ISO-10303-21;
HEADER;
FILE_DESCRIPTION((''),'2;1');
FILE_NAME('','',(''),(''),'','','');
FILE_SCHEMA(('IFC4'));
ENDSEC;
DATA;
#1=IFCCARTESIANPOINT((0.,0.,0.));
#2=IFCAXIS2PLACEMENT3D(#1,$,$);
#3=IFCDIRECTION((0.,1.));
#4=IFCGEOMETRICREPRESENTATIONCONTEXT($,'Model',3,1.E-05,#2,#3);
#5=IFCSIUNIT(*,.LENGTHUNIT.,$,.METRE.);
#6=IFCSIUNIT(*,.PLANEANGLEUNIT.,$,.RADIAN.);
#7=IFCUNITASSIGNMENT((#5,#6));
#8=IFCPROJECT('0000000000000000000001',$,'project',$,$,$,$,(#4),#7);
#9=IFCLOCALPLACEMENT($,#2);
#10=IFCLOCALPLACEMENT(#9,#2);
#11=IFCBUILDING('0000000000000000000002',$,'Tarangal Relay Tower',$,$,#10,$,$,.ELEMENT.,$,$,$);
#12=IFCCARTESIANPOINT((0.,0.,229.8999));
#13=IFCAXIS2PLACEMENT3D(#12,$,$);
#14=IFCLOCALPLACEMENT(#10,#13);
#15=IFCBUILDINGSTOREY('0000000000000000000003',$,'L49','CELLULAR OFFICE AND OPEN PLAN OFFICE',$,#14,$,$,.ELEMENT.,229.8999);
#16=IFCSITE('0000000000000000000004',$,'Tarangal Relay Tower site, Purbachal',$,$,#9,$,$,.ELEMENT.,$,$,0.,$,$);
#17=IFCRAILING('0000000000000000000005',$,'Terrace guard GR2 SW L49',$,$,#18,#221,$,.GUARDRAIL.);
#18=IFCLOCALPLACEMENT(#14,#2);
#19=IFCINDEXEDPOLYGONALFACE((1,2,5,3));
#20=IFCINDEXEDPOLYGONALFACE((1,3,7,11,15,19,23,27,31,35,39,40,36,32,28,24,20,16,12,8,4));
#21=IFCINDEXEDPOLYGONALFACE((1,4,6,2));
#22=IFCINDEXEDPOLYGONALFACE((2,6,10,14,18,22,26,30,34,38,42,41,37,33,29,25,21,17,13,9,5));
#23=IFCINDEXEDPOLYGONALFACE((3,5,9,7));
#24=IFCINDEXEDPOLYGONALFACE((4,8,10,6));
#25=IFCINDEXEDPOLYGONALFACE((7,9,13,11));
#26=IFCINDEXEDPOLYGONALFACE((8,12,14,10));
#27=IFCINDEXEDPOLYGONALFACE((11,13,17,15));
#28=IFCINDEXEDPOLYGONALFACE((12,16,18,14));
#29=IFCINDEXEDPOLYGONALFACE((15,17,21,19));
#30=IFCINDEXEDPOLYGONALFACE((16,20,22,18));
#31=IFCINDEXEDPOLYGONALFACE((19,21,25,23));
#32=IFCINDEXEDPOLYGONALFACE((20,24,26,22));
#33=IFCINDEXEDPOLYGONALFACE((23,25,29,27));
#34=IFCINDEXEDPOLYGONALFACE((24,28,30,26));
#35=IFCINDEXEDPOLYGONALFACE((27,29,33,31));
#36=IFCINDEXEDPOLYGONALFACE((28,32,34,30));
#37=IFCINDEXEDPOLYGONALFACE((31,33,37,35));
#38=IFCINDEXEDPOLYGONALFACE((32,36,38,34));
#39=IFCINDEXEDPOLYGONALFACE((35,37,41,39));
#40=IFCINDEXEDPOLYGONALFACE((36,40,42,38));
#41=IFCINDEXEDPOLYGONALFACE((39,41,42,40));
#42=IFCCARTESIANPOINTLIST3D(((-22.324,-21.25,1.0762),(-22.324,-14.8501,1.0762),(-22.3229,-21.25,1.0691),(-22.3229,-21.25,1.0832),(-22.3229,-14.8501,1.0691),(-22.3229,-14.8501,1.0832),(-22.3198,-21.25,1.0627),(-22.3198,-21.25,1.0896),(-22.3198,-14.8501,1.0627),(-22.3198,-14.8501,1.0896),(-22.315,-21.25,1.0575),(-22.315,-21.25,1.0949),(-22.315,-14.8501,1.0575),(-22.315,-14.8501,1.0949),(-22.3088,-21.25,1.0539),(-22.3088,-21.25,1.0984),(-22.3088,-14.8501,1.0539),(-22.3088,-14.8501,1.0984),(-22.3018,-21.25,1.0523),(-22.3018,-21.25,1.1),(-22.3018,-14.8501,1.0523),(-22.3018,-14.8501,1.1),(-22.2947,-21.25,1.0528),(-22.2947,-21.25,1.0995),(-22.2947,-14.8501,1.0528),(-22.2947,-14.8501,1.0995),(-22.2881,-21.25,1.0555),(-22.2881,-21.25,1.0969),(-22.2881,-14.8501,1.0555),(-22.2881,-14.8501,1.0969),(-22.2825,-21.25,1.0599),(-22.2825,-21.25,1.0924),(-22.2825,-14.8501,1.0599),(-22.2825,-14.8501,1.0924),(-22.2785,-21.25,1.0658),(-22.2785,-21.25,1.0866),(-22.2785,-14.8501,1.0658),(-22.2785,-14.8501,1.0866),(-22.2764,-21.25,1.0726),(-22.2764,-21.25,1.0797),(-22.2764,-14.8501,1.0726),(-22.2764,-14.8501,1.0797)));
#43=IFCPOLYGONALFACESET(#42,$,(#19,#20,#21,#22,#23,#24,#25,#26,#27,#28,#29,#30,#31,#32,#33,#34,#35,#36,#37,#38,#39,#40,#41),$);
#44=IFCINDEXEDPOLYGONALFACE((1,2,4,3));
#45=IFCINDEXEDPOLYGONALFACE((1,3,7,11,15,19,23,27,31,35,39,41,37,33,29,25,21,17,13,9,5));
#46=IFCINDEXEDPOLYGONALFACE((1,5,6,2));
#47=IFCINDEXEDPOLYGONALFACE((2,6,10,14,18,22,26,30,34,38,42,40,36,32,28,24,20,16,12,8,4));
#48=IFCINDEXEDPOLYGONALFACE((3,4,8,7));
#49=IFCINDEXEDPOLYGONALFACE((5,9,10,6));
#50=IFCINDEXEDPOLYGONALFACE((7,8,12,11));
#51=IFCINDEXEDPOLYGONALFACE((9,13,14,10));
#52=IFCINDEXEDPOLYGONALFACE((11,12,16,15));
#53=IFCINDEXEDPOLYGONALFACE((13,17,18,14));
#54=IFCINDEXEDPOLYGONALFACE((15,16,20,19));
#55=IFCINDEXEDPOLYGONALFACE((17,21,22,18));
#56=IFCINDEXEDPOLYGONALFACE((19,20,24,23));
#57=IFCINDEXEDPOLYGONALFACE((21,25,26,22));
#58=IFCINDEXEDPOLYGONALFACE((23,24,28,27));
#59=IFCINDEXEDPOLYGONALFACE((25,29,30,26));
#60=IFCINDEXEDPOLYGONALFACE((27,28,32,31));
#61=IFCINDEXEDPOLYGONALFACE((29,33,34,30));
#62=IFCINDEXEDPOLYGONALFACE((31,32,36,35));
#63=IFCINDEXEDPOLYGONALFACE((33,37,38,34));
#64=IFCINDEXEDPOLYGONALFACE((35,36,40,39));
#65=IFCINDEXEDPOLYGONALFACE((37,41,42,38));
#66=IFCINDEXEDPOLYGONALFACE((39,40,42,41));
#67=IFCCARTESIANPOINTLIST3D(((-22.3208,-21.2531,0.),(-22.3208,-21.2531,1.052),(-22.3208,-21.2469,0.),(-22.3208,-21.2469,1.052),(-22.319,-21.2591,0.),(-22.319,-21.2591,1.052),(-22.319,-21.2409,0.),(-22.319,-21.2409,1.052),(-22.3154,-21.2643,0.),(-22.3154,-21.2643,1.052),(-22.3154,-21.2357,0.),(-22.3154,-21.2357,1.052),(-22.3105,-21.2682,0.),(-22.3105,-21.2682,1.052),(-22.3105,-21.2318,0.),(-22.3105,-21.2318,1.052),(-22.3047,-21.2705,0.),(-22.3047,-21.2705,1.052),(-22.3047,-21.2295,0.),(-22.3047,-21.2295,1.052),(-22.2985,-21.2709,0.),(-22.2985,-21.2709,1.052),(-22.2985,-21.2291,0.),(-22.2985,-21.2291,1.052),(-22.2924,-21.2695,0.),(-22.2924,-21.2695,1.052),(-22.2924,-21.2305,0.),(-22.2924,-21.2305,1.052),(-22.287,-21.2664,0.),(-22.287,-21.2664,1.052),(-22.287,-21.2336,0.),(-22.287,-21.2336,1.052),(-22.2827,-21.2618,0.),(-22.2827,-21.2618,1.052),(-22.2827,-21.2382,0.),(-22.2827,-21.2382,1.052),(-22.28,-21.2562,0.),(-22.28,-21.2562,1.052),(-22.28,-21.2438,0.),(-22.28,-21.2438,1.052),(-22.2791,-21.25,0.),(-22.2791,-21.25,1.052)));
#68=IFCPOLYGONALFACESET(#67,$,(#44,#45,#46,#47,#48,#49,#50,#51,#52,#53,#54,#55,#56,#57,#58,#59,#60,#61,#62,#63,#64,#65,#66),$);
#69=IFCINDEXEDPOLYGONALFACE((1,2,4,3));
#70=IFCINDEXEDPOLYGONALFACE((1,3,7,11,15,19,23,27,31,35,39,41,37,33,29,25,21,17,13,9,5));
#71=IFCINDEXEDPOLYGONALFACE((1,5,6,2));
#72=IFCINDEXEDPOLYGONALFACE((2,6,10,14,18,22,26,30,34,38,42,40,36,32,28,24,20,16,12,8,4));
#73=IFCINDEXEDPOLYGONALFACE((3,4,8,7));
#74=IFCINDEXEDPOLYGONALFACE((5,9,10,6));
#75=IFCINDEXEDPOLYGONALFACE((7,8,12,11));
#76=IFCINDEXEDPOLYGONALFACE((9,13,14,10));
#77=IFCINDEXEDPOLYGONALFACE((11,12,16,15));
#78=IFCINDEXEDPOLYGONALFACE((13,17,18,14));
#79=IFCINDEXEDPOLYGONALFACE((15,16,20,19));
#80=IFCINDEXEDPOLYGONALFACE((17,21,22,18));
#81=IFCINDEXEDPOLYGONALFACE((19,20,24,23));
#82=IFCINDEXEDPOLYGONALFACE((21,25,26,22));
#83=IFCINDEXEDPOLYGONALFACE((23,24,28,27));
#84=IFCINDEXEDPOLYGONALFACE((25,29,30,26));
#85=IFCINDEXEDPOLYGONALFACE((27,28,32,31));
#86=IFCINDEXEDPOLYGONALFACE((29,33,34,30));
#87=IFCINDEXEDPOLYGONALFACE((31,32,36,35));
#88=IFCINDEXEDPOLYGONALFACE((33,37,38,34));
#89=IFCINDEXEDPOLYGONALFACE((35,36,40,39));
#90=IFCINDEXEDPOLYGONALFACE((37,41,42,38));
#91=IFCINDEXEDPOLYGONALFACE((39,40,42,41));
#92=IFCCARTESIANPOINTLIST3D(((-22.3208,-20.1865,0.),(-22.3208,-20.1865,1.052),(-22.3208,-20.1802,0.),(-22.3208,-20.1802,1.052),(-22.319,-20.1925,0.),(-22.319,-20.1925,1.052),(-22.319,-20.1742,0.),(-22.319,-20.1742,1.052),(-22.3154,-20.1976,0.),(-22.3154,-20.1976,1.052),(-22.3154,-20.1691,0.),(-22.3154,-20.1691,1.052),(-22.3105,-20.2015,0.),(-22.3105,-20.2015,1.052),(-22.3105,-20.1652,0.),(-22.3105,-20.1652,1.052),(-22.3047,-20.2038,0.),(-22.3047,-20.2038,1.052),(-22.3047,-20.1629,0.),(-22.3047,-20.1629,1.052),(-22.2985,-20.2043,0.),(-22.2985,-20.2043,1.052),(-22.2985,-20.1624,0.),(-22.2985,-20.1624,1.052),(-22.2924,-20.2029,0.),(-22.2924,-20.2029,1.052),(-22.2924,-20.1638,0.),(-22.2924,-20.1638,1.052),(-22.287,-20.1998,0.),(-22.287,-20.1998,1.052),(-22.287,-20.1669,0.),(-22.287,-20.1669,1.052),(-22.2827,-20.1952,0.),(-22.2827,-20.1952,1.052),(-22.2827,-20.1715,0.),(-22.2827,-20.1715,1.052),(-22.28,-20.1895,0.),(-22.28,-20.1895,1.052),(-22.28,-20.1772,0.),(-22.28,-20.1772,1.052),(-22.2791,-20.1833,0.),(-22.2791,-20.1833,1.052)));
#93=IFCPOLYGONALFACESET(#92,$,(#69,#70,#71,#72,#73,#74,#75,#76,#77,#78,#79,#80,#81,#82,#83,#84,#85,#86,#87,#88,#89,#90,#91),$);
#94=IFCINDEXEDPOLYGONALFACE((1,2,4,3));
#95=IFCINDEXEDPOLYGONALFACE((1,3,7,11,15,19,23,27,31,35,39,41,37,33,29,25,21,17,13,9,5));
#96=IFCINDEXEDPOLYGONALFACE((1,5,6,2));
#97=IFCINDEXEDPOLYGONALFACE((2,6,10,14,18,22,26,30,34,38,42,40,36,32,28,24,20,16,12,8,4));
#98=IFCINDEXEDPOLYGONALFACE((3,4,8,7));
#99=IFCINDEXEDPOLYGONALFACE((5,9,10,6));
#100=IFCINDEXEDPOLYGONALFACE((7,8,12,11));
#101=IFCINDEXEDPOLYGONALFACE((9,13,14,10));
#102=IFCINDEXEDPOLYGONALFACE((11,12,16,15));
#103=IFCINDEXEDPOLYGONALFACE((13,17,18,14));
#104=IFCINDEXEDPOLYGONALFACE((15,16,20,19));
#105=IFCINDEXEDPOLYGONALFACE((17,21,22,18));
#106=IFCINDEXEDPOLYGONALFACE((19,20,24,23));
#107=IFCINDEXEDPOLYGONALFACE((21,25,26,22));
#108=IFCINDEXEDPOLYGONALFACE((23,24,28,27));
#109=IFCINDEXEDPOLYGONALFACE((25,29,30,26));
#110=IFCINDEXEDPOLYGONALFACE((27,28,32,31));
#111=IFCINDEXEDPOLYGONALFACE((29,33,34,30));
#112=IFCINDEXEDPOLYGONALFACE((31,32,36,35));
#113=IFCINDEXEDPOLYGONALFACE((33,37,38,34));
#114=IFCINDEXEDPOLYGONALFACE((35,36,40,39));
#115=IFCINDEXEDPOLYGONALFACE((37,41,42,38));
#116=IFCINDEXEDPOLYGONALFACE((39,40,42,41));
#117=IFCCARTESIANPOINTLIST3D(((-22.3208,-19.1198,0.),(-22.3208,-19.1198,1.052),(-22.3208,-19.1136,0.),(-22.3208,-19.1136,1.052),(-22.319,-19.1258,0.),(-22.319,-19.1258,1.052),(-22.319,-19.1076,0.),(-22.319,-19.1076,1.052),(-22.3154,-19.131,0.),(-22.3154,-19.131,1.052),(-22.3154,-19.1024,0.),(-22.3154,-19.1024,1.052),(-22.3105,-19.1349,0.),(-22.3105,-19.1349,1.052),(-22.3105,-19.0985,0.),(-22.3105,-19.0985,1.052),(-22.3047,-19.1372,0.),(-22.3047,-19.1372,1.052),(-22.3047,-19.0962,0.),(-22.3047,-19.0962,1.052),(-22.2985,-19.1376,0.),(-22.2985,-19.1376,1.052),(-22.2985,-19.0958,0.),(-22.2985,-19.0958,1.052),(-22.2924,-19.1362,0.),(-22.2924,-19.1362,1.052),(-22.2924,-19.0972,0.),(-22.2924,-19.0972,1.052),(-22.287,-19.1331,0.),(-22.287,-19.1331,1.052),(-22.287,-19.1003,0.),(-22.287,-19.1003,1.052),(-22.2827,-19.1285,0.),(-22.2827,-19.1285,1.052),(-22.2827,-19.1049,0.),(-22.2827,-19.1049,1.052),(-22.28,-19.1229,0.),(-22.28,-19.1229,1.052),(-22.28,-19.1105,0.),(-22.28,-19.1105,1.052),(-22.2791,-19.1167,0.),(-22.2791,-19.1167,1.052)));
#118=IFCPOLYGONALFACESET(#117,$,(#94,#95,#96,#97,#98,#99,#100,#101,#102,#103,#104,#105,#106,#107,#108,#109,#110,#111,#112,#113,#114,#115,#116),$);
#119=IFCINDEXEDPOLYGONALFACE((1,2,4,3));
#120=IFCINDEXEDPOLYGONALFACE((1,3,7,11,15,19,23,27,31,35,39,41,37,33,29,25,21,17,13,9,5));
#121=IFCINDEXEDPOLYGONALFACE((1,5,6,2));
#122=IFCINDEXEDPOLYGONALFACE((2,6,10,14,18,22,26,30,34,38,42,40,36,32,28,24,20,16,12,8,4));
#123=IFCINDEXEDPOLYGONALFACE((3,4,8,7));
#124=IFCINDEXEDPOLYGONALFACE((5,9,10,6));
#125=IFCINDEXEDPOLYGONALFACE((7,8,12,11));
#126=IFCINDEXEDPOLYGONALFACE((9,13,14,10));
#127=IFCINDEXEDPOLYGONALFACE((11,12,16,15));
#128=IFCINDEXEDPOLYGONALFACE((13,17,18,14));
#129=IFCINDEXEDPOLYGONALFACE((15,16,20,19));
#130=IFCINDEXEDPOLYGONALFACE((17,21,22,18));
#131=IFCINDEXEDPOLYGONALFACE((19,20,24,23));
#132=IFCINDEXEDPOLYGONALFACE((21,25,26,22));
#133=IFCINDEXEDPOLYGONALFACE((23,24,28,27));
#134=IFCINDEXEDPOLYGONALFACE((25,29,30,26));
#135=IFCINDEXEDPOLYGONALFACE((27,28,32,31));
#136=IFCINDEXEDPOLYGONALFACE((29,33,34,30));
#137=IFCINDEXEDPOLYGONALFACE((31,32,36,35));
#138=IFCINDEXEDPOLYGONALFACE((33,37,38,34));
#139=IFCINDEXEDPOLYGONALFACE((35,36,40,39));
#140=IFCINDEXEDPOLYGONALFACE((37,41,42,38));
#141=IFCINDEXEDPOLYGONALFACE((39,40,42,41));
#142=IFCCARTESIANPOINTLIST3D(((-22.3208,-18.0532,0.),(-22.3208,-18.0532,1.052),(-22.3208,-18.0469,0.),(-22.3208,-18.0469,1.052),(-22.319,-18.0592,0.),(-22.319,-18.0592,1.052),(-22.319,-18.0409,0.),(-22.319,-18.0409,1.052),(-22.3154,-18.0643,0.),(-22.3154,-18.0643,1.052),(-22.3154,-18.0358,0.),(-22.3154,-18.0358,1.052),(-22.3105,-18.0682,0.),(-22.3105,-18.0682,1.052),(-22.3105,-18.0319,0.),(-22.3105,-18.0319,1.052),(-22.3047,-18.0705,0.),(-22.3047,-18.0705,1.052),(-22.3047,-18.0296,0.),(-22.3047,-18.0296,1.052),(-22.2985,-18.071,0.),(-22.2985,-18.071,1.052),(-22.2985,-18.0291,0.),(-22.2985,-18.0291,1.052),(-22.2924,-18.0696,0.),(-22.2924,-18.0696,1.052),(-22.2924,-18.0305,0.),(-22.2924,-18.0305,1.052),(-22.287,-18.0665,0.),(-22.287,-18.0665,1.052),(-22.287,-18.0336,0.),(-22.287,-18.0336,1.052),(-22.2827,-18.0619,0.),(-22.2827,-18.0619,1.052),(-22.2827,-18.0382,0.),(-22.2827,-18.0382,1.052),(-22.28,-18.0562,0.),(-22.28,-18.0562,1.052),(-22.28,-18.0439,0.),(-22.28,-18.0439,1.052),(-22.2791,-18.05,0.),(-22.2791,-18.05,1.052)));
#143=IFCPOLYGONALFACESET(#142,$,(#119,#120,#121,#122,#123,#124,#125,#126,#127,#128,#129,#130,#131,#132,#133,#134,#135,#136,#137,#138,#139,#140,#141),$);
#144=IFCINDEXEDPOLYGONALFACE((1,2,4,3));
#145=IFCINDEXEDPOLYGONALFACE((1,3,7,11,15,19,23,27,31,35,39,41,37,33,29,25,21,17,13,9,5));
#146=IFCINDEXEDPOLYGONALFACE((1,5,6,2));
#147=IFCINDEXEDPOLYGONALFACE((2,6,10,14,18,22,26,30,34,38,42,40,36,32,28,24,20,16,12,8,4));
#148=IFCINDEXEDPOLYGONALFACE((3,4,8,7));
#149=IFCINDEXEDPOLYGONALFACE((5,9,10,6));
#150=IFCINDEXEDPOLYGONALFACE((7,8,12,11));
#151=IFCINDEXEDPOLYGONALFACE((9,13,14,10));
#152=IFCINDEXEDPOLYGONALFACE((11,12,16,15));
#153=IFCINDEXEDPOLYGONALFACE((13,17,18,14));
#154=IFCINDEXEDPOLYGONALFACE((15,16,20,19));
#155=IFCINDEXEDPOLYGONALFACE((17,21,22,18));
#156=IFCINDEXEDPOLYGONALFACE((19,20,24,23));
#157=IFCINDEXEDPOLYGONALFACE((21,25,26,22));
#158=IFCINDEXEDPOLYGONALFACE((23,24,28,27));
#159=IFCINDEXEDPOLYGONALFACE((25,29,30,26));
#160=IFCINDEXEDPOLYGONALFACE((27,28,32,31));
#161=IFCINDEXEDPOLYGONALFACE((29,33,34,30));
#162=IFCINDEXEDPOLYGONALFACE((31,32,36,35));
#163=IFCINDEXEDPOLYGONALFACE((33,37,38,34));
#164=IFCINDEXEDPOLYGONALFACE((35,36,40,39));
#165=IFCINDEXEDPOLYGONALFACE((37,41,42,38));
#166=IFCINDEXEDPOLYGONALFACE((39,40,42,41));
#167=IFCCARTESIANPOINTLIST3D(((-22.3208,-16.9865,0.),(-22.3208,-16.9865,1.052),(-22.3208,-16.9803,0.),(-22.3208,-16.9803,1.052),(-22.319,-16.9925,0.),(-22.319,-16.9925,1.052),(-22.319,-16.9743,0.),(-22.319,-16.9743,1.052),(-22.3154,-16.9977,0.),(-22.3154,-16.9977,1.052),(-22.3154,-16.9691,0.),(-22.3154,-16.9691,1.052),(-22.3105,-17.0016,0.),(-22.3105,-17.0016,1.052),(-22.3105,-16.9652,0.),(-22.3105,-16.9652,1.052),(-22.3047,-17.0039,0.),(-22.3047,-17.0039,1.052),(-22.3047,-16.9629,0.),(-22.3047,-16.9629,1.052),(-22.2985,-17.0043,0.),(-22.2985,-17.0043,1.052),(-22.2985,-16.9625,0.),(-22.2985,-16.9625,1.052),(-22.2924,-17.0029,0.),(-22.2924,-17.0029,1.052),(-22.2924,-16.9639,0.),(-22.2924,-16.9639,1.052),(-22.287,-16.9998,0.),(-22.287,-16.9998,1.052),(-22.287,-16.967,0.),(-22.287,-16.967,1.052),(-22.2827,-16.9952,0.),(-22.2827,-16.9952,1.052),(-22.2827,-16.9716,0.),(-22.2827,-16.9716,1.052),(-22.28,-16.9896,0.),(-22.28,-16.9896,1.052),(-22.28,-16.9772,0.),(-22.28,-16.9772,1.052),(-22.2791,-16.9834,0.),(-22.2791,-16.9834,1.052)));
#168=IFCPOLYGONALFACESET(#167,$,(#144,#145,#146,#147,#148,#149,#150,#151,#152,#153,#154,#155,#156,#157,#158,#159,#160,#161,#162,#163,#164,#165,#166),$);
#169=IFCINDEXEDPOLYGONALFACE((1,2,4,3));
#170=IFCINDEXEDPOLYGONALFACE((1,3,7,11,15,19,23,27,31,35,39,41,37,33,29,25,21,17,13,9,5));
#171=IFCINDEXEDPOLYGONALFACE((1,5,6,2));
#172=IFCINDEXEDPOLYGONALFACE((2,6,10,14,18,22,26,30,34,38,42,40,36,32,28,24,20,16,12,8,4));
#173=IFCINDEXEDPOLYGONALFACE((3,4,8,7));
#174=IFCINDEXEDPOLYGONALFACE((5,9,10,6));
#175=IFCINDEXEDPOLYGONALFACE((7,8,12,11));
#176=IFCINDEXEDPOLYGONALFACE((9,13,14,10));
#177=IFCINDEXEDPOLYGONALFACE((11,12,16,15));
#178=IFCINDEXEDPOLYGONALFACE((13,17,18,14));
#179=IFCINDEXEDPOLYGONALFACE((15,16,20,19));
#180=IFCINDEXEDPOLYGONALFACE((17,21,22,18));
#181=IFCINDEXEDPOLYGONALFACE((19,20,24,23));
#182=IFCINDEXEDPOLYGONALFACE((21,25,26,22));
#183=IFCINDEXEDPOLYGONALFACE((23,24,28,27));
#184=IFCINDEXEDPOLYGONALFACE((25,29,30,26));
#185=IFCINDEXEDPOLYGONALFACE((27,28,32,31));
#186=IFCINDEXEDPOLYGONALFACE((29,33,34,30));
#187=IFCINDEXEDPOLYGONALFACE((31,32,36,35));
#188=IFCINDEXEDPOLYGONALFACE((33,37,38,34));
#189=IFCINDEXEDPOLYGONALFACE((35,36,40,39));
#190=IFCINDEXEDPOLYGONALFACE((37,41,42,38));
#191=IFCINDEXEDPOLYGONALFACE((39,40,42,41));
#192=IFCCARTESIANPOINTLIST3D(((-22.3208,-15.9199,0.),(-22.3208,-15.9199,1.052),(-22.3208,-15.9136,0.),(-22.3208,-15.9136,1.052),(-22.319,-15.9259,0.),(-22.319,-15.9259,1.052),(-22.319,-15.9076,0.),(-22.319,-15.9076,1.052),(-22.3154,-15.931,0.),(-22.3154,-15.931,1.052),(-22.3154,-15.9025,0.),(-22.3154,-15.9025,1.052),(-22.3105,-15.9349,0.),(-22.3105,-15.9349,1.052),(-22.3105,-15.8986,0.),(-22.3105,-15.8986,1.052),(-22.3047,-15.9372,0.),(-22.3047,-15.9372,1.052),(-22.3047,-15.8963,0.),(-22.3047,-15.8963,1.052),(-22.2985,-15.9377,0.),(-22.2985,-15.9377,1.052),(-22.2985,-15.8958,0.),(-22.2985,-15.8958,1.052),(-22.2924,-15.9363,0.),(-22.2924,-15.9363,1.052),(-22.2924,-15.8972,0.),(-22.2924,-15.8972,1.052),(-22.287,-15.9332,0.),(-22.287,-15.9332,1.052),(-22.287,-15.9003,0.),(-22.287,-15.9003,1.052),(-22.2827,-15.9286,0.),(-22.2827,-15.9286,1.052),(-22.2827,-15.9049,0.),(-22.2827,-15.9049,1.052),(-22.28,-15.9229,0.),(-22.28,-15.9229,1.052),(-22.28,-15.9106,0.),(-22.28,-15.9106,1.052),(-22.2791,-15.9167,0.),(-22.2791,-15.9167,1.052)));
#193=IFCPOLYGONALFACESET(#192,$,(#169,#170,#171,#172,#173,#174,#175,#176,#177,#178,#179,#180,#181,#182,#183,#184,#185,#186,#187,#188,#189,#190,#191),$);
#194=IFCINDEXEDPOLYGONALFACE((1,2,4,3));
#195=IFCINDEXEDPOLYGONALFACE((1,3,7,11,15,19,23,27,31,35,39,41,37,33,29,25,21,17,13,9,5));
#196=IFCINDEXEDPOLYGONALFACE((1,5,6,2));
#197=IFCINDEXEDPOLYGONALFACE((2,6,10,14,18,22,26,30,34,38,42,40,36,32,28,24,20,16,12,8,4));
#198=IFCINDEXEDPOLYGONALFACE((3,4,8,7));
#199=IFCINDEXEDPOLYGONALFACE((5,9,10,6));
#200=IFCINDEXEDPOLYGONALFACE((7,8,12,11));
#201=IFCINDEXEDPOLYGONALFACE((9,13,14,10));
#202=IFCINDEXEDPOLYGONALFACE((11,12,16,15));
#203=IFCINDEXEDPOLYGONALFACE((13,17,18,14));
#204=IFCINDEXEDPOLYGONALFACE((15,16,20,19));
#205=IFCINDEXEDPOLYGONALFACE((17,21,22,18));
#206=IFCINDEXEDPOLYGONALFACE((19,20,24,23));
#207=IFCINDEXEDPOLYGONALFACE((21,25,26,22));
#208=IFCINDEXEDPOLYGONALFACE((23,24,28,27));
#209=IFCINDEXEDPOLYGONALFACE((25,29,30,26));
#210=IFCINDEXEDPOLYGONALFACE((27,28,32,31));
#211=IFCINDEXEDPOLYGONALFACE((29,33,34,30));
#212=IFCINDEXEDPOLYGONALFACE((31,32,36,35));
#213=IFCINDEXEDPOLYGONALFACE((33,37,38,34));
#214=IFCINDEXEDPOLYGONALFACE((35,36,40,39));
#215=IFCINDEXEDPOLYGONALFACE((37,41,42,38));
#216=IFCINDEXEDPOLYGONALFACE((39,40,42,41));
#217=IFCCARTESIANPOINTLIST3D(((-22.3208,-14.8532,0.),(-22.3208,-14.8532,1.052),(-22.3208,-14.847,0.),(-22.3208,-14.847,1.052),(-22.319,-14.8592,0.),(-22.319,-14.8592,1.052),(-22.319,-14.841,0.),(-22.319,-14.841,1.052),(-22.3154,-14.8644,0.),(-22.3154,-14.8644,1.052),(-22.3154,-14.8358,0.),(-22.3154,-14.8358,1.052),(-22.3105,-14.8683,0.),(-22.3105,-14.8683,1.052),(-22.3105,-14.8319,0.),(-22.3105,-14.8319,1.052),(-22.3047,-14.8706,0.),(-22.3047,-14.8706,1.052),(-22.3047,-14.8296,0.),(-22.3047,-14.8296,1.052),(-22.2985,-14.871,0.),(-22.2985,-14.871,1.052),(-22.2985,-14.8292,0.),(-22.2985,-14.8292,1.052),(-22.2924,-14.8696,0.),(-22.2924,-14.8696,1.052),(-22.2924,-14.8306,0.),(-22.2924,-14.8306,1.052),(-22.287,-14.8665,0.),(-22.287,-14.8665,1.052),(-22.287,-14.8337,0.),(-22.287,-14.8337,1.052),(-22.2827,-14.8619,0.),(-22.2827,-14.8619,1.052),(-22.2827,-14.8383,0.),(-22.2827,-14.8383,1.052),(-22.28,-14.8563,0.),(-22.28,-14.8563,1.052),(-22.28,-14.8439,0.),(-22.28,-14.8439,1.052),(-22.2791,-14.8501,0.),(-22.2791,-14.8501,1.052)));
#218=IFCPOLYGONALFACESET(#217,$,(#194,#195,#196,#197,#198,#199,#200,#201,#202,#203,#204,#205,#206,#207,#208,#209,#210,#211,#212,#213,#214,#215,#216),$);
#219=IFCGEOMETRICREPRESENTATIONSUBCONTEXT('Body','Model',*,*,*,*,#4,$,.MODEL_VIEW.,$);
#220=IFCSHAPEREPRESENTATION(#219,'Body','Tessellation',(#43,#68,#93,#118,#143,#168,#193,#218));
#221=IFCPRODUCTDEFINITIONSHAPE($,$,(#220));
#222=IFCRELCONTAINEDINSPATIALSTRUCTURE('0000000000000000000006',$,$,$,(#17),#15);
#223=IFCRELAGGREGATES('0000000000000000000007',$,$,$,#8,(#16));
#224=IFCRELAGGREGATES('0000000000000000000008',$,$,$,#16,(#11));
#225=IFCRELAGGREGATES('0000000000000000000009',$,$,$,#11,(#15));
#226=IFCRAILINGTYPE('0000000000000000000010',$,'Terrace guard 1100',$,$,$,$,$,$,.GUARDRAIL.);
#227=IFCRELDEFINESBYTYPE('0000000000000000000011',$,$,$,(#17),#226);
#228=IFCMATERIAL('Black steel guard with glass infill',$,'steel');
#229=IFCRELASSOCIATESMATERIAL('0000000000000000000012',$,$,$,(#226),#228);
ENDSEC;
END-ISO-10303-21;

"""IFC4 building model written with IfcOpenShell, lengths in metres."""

from ifc_helpers import new_model, si_unit, direction, frame, origin, origin_2d, place, context, subcontext, project, spatial, circle, extrude, material, type_object, element, save


model = new_model("IFC4")

# Units and contexts
model_context = context("Model", 3, precision=1e-05, world=origin(), true_north=direction((0.0, 1.0)))
body_context = subcontext(model_context, "Body", "Model", "MODEL_VIEW")
ifc_project = project(units=[si_unit("LENGTHUNIT", "METRE"), si_unit("PLANEANGLEUNIT", "RADIAN")], contexts=[model_context])

# Site, building, storey
site_placement = place(None, origin())
site = spatial("IfcSite", under=ifc_project, at=site_placement, Name="Tarangal Relay Tower site, Purbachal", CompositionType="ELEMENT", RefElevation=0.0)
building_placement = place(site_placement, origin())
building = spatial("IfcBuilding", under=site, at=building_placement, Name="Tarangal Relay Tower", CompositionType="ELEMENT")
storey_placement = place(building_placement, frame((0.0, 0.0, 229.8999)))
storey = spatial("IfcBuildingStorey", under=building, at=storey_placement, Name="L49", Description="CELLULAR OFFICE AND OPEN PLAN OFFICE", CompositionType="ELEMENT", Elevation=229.8999)

# Railing
ifc_material_1 = material(Name="Black steel guard with glass infill", Category="steel")
railing_type = type_object("IfcRailingType", Name="Terrace guard 1100", PredefinedType="GUARDRAIL", material=ifc_material_1)
railing_1_placement = place(storey_placement, frame((-22.3, -21.25, 0.0)))
element("IfcRailing", 1, at=railing_1_placement, inside=storey, type_object=railing_type, Name="Terrace guard GR2 SW L49", PredefinedType="GUARDRAIL", context=body_context, shape_type="SweptSolid", body=[
    extrude(circle(Radius=0.0239, at=origin_2d()), frame((0.0, 0.0, 1.0762), z_axis=(0.0, 1.0, 0.0), x_axis=(-1.0, 0.0, 0.0)), (0.0, 0.0, 1.0), 6.3999),
    extrude(circle(Radius=0.021, at=origin_2d()), origin(), (0.0, 0.0, 1.0), 1.052),
    extrude(circle(Radius=0.021, at=origin_2d()), frame((0.0, 1.0667, 0.0)), (0.0, 0.0, 1.0), 1.052),
    extrude(circle(Radius=0.021, at=origin_2d()), frame((0.0, 2.1333, 0.0)), (0.0, 0.0, 1.0), 1.052),
    extrude(circle(Radius=0.021, at=origin_2d()), frame((0.0, 3.2, 0.0)), (0.0, 0.0, 1.0), 1.052),
    extrude(circle(Radius=0.021, at=origin_2d()), frame((0.0, 4.2666, 0.0)), (0.0, 0.0, 1.0), 1.052),
    extrude(circle(Radius=0.021, at=origin_2d()), frame((0.0, 5.3333, 0.0)), (0.0, 0.0, 1.0), 1.052),
    extrude(circle(Radius=0.021, at=origin_2d()), frame((0.0, 6.3999, 0.0)), (0.0, 0.0, 1.0), 1.052),
])

save(model, "model.ifc")
